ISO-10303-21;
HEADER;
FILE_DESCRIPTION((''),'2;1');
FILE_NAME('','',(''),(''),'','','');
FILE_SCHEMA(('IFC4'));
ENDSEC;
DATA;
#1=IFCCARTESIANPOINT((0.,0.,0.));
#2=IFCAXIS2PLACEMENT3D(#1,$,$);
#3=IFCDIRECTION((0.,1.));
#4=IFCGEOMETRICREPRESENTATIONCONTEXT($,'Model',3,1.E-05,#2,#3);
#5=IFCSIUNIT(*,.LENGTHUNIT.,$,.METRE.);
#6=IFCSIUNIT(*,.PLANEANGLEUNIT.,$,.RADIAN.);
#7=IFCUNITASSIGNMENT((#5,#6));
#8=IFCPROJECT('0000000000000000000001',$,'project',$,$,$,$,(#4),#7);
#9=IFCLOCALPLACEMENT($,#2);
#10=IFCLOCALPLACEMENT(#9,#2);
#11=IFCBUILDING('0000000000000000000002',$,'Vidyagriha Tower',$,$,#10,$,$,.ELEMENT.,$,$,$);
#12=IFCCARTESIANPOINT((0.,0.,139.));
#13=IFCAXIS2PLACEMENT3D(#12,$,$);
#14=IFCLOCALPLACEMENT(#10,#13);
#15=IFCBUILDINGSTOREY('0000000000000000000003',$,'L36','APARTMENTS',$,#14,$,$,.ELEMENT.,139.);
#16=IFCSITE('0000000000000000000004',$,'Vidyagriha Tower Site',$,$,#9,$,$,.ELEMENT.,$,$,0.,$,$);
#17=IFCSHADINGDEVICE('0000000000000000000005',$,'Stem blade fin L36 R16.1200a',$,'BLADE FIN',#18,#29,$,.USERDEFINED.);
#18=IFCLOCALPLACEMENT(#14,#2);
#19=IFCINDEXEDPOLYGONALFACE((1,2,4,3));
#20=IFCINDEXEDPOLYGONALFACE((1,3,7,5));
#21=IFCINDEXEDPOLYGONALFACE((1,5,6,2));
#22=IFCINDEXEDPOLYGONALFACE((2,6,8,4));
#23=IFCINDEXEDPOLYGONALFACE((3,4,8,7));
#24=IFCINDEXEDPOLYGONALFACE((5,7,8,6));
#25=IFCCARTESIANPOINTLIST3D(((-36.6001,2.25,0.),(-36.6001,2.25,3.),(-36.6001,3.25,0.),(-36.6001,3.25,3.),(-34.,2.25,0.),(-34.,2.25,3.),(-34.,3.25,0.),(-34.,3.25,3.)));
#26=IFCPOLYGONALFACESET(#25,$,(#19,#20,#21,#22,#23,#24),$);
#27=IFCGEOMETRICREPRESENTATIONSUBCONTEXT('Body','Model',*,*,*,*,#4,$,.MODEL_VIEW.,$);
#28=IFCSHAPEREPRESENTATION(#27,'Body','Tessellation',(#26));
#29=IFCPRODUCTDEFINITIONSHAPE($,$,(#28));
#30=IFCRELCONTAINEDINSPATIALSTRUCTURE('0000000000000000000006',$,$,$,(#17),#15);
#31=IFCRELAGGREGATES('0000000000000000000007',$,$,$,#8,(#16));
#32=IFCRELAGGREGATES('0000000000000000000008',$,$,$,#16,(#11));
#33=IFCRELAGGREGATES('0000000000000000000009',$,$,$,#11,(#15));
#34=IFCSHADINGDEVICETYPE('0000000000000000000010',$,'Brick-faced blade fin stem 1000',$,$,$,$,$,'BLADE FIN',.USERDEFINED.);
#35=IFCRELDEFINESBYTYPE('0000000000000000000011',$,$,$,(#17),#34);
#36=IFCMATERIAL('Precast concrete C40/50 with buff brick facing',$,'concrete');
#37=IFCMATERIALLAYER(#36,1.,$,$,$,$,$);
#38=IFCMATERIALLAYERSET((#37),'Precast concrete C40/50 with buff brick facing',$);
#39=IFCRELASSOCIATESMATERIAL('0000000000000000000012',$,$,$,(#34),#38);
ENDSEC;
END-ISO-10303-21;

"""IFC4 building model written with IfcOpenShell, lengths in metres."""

from ifc_helpers import new_model, si_unit, direction, frame, origin, place, context, subcontext, project, spatial, polyline, outline, extrude, material, layer, layer_set, type_object, element, save


model = new_model("IFC4")

# Units and contexts
model_context = context("Model", 3, precision=1e-05, world=origin(), true_north=direction((0.0, 1.0)))
body_context = subcontext(model_context, "Body", "Model", "MODEL_VIEW")
ifc_project = project(units=[si_unit("LENGTHUNIT", "METRE"), si_unit("PLANEANGLEUNIT", "RADIAN")], contexts=[model_context])

# Site, building, storey
site_placement = place(None, origin())
site = spatial("IfcSite", under=ifc_project, at=site_placement, Name="Vidyagriha Tower Site", CompositionType="ELEMENT", RefElevation=0.0)
building_placement = place(site_placement, origin())
building = spatial("IfcBuilding", under=site, at=building_placement, Name="Vidyagriha Tower", CompositionType="ELEMENT")
storey_placement = place(building_placement, frame((0.0, 0.0, 139.0)))
storey = spatial("IfcBuildingStorey", under=building, at=storey_placement, Name="L36", Description="APARTMENTS", CompositionType="ELEMENT", Elevation=139.0)

# Shading device
ifc_material_1 = material(Name="Precast concrete C40/50 with buff brick facing", Category="concrete")
ifc_layer_1 = layer(ifc_material_1, 1.0)
ifc_layer_set_1 = layer_set([ifc_layer_1], Name="Precast concrete C40/50 with buff brick facing")
shading_device_type_1 = type_object("IfcShadingDeviceType", Name="Brick-faced blade fin stem 1000", ElementType="BLADE FIN", PredefinedType="USERDEFINED", material=ifc_layer_set_1)
shading_device_1_placement = place(storey_placement, frame((-35.3, 3.25, 0.0), z_axis=(0.0, 0.0, 1.0), x_axis=(0.0, -1.0, 0.0)))
element("IfcShadingDevice", 1, at=shading_device_1_placement, inside=storey, type_object=shading_device_type_1, Name="Stem blade fin L36 R16.1200a", ObjectType="BLADE FIN", PredefinedType="USERDEFINED", context=body_context, shape_type="SweptSolid", body=[
    extrude(outline(polyline([(0.0, 0.0), (1.0, 0.0), (1.0, 3.0), (0.0, 3.0), (0.0, 0.0)])), frame((0.0, 1.3, 0.0), z_axis=(0.0, -1.0, 0.0), x_axis=(1.0, 0.0, 0.0)), (0.0, 0.0, 1.0), 2.6001),
])

save(model, "model.ifc")
